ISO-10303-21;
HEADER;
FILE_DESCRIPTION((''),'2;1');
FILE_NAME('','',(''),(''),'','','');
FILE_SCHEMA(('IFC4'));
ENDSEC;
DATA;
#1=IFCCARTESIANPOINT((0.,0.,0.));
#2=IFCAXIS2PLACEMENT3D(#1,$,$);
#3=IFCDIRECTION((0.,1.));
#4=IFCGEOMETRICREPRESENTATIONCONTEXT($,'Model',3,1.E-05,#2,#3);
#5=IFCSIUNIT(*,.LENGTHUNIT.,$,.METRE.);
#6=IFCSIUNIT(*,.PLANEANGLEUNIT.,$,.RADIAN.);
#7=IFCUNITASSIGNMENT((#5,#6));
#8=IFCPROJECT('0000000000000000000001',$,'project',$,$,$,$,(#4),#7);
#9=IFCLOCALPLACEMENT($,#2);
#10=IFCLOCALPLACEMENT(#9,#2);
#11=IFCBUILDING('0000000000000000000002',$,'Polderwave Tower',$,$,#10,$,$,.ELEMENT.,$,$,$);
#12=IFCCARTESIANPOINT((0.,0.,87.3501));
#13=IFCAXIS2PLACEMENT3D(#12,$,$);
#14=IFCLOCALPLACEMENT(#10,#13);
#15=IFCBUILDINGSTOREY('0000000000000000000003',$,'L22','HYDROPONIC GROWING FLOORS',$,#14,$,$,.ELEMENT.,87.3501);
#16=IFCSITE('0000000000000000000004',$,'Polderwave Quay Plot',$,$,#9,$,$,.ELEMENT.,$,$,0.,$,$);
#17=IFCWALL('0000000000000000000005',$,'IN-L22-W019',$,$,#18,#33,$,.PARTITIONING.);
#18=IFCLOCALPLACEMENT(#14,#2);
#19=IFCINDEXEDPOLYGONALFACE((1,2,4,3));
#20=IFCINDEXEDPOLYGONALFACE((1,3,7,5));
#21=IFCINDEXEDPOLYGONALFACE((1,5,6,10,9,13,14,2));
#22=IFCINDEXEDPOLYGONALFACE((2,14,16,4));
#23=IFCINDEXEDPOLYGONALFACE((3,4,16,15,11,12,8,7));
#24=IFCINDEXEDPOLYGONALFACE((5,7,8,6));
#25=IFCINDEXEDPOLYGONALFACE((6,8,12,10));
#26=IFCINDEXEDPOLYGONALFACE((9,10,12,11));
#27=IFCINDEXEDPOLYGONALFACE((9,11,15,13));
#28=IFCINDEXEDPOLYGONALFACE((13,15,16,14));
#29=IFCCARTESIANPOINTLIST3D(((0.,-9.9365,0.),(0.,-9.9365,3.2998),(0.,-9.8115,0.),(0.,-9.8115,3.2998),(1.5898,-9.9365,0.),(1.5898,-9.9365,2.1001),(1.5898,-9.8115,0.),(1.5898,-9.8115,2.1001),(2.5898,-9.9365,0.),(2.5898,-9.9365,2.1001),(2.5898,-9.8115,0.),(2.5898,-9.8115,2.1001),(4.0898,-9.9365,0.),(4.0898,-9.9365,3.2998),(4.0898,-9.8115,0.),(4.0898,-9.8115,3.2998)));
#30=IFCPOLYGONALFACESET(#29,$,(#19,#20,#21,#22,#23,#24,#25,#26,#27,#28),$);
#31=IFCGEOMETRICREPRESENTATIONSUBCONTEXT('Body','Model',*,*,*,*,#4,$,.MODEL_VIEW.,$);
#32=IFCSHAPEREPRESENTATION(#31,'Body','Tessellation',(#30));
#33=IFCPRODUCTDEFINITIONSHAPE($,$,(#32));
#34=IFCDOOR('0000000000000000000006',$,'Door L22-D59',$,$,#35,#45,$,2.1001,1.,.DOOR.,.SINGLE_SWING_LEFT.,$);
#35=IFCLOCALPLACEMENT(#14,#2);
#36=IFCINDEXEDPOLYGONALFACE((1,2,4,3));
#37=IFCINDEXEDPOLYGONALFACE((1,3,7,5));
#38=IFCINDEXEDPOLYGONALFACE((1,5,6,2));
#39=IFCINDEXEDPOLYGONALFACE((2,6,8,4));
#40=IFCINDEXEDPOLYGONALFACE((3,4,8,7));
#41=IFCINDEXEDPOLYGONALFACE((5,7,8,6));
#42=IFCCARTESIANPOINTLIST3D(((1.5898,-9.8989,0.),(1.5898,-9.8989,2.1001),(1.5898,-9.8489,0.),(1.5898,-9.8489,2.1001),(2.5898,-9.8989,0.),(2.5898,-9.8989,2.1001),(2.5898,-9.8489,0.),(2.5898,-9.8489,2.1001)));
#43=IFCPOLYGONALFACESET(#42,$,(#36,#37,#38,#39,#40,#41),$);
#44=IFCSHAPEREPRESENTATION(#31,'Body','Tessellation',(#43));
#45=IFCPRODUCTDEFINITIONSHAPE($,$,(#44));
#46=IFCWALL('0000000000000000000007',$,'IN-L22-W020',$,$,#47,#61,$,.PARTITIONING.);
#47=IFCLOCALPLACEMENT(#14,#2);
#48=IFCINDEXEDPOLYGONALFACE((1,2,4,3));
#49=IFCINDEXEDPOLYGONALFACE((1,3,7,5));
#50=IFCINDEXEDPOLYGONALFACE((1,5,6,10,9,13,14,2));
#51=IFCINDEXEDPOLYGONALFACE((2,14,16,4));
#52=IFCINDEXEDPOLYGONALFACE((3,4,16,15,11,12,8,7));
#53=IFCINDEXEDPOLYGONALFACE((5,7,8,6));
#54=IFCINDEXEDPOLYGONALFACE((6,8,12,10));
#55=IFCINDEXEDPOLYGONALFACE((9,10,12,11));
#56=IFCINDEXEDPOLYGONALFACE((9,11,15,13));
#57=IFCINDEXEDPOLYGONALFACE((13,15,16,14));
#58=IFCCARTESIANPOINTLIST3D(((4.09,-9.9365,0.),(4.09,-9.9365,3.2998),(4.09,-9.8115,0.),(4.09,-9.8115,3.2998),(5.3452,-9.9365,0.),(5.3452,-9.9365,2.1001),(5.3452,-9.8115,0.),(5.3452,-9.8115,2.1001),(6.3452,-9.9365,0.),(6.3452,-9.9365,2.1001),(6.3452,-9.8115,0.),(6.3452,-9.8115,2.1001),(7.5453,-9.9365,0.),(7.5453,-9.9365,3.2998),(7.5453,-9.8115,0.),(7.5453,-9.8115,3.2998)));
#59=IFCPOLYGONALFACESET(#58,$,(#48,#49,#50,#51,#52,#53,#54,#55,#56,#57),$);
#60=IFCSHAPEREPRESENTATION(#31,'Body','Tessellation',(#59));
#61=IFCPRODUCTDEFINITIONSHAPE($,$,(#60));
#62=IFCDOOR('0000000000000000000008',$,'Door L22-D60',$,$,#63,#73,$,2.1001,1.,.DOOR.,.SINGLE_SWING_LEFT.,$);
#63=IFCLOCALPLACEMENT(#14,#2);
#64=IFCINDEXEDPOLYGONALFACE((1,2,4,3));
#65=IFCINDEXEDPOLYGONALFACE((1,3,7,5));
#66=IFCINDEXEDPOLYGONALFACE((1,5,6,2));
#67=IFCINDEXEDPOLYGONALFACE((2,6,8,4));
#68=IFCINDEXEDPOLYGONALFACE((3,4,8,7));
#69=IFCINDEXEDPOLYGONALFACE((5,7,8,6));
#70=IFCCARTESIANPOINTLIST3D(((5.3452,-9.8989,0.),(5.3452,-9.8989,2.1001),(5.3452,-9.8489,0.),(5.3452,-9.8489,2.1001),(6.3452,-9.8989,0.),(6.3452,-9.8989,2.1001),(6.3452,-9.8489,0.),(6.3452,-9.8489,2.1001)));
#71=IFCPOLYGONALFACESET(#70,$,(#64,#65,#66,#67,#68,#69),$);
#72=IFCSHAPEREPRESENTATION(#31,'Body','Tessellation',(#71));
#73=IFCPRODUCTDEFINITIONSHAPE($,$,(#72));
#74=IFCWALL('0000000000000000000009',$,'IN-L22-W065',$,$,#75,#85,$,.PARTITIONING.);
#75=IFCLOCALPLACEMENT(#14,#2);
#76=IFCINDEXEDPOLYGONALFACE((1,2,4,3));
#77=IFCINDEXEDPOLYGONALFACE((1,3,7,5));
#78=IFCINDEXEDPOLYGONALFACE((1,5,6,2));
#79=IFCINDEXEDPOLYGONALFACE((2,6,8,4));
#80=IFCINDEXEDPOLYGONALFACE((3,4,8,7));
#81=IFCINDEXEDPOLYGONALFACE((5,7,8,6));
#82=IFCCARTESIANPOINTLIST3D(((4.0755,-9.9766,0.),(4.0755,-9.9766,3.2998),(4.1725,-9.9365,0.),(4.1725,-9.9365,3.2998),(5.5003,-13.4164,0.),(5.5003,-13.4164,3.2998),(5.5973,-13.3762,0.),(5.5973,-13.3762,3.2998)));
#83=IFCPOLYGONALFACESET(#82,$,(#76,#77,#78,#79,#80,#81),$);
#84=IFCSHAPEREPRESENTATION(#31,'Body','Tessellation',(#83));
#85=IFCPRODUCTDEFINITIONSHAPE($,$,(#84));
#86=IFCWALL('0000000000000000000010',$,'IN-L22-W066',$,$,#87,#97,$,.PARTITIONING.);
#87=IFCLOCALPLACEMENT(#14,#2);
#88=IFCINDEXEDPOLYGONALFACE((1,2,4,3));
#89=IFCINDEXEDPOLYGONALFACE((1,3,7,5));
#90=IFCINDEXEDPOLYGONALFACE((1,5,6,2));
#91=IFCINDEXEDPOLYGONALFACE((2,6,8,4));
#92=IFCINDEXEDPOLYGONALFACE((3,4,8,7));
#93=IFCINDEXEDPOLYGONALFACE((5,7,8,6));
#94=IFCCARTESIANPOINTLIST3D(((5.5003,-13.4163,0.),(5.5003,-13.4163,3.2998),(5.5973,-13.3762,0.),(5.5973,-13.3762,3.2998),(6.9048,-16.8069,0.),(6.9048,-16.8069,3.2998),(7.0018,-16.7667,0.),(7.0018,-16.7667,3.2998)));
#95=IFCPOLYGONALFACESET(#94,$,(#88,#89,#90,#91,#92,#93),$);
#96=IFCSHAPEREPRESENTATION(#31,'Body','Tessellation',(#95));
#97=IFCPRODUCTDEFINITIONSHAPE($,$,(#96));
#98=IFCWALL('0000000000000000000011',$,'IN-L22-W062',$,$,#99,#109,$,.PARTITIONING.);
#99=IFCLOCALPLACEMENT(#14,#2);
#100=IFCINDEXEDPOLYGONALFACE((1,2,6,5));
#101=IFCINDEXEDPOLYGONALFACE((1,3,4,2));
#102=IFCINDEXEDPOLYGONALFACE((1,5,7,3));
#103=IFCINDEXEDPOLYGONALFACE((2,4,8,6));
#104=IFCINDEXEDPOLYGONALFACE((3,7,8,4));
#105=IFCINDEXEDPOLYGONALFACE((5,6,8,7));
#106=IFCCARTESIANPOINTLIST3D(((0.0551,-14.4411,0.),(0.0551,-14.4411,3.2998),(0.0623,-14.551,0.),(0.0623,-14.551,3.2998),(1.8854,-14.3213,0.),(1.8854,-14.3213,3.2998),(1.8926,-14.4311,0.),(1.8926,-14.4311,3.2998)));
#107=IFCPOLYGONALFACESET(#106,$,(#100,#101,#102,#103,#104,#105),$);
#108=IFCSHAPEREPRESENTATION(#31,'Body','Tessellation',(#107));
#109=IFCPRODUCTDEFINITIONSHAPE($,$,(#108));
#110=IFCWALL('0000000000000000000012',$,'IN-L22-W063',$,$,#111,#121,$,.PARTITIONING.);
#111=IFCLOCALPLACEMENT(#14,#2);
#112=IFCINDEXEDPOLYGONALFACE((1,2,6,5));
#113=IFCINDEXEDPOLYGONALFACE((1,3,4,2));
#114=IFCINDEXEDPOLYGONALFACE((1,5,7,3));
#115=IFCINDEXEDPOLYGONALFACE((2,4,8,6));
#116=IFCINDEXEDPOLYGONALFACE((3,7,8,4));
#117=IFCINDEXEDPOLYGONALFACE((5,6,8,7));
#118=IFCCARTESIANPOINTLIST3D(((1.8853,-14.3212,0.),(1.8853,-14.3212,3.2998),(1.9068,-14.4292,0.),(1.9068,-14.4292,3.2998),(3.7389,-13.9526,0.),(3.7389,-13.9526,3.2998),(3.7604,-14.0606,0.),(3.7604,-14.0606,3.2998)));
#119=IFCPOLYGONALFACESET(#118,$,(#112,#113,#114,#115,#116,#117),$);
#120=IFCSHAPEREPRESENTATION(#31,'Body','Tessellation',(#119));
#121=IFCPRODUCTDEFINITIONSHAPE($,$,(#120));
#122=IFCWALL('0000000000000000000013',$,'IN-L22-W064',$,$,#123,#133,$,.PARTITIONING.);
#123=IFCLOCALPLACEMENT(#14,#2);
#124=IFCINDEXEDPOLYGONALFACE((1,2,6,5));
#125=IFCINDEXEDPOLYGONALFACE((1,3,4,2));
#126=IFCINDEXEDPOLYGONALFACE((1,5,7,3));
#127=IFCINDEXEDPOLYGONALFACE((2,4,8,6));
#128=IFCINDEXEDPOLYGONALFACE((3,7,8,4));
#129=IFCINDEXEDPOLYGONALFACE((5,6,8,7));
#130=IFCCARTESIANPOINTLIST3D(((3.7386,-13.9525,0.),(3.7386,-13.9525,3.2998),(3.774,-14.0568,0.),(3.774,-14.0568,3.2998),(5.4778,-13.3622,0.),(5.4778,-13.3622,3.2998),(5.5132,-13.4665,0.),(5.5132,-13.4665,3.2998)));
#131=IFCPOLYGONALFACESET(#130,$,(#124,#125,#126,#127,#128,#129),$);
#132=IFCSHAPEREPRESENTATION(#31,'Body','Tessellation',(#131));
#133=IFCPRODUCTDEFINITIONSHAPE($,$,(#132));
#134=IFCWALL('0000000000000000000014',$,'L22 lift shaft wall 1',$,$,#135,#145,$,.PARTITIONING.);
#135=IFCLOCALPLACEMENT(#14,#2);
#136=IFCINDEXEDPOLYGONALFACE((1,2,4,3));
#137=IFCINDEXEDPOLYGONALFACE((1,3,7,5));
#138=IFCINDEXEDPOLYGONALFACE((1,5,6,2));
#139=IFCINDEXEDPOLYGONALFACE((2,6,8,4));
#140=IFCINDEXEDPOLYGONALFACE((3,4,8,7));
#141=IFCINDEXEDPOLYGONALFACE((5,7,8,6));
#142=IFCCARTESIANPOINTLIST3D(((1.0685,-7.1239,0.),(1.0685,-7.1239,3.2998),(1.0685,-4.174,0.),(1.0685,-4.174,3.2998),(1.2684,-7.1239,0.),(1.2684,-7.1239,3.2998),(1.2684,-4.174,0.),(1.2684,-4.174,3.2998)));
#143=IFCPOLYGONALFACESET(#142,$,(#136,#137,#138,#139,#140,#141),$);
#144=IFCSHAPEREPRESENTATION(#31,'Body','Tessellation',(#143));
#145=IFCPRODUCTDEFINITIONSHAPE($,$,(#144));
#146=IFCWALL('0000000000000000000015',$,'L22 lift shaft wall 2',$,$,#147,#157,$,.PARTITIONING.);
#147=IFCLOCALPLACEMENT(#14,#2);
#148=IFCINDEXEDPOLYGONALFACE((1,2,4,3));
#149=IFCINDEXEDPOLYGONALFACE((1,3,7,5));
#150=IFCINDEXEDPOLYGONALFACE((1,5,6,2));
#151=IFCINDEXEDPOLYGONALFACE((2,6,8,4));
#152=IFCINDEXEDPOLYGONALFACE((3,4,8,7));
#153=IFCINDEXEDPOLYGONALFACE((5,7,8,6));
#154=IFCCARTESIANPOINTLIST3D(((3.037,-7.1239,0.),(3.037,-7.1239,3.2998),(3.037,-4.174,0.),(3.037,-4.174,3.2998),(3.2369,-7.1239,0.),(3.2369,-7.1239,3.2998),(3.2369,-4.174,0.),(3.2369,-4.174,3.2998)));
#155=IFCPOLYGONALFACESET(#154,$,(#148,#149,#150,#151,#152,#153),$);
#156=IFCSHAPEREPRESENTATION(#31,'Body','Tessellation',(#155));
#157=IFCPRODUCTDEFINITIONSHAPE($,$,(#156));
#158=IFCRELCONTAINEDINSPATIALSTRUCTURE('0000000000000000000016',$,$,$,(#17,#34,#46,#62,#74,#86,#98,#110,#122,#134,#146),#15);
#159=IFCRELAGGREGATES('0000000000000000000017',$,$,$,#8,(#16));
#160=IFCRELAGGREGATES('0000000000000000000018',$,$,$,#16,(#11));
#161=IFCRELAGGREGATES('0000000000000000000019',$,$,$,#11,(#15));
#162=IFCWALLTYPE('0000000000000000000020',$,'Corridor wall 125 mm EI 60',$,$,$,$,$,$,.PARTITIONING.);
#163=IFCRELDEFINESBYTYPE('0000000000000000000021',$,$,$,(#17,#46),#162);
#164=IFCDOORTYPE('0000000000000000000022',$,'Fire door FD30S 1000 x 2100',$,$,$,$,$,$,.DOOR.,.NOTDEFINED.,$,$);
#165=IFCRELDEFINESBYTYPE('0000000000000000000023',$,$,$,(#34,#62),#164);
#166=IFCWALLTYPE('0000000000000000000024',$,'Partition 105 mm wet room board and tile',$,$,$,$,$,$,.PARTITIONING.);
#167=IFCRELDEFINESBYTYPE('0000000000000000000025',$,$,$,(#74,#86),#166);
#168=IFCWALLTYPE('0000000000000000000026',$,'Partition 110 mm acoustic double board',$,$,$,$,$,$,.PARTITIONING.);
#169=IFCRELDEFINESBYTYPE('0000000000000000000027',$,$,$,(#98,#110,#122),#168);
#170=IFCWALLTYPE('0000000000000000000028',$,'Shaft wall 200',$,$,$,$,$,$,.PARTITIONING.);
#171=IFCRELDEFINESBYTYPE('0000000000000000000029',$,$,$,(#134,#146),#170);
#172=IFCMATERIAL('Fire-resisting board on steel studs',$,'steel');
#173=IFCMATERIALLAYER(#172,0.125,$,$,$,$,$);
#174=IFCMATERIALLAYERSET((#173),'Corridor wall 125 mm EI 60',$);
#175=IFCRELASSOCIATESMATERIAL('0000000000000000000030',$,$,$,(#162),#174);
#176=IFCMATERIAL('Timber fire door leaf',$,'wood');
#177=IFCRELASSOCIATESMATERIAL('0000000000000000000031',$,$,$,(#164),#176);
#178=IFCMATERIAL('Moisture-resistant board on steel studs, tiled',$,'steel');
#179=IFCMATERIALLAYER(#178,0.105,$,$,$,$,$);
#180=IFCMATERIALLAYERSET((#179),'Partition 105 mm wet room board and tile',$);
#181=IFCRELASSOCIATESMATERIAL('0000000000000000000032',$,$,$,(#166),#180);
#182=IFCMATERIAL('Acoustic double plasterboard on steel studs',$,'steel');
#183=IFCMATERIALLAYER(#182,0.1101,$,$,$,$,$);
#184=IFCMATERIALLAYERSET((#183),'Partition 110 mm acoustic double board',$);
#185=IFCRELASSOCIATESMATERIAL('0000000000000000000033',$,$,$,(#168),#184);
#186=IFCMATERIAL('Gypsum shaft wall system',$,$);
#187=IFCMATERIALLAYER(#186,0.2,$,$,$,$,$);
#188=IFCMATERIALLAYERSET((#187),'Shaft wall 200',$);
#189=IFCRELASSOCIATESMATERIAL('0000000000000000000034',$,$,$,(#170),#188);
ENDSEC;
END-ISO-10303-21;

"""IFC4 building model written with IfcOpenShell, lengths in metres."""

from ifc_helpers import new_model, si_unit, direction, frame, frame_2d, origin, place, context, subcontext, project, spatial, rectangle, extrude, material, layer, layer_set, type_object, element, fill, save


model = new_model("IFC4")

# Units and contexts
model_context = context("Model", 3, precision=1e-05, world=origin(), true_north=direction((0.0, 1.0)))
body_context = subcontext(model_context, "Body", "Model", "MODEL_VIEW")
ifc_project = project(units=[si_unit("LENGTHUNIT", "METRE"), si_unit("PLANEANGLEUNIT", "RADIAN")], contexts=[model_context])

# Site, building, storey
site_placement = place(None, origin())
site = spatial("IfcSite", under=ifc_project, at=site_placement, Name="Polderwave Quay Plot", CompositionType="ELEMENT", RefElevation=0.0)
building_placement = place(site_placement, origin())
building = spatial("IfcBuilding", under=site, at=building_placement, Name="Polderwave Tower", CompositionType="ELEMENT")
storey_placement = place(building_placement, frame((0.0, 0.0, 87.3501)))
storey = spatial("IfcBuildingStorey", under=building, at=storey_placement, Name="L22", Description="HYDROPONIC GROWING FLOORS", CompositionType="ELEMENT", Elevation=87.3501)

# Walls, openings, doors
ifc_material_1 = material(Name="Fire-resisting board on steel studs", Category="steel")
ifc_layer_1 = layer(ifc_material_1, 0.125)
ifc_layer_set_1 = layer_set([ifc_layer_1], Name="Corridor wall 125 mm EI 60")
wall_type_1 = type_object("IfcWallType", Name="Corridor wall 125 mm EI 60", PredefinedType="PARTITIONING", material=ifc_layer_set_1)
wall_1_placement = place(storey_placement, frame((4.0898, -9.874, 0.0), z_axis=(0.0, 0.0, 1.0), x_axis=(-1.0, 0.0, 0.0)))
wall_1 = element("IfcWall", 1, at=wall_1_placement, inside=storey, type_object=wall_type_1, Name="IN-L22-W019", PredefinedType="PARTITIONING", context=body_context, shape_type="SweptSolid", body=[
    extrude(rectangle(XDim=4.0898, YDim=0.125, at=frame_2d((2.0449, 0.0))), origin(), (0.0, 0.0, 1.0), 3.2998),
])
opening_1_placement = place(wall_1_placement, frame((1.5, 0.0, 0.0)))
opening_1 = element("IfcOpeningElement", 2, at=opening_1_placement, cuts=wall_1, PredefinedType="OPENING", context=body_context, shape_type="SweptSolid", body=[
    extrude(rectangle(XDim=1.0, YDim=2.1001, at=frame_2d((0.5, 1.05))), frame((0.0, 0.0725, 0.0), z_axis=(0.0, -1.0, 0.0), x_axis=(1.0, 0.0, 0.0)), (0.0, 0.0, 1.0), 0.145),
])
ifc_material_2 = material(Name="Timber fire door leaf", Category="wood")
door_type = type_object("IfcDoorType", Name="Fire door FD30S 1000 x 2100", OperationType="NOTDEFINED", PredefinedType="DOOR", material=ifc_material_2)
door_1_placement = place(opening_1_placement, origin())
door_1 = element("IfcDoor", 3, at=door_1_placement, inside=storey, type_object=door_type, Name="Door L22-D59", OperationType="SINGLE_SWING_LEFT", OverallHeight=2.1001, OverallWidth=1.0, PredefinedType="DOOR", context=body_context, shape_type="SweptSolid", body=[
    extrude(rectangle(XDim=1.0, YDim=2.1001, at=frame_2d((0.5, 1.05))), frame((0.0, 0.0249, 0.0), z_axis=(0.0, -1.0, 0.0), x_axis=(1.0, 0.0, 0.0)), (0.0, 0.0, 1.0), 0.05),
])
fill(opening_1, door_1)
wall_2_placement = place(storey_placement, frame((7.5452, -9.874, 0.0), z_axis=(0.0, 0.0, 1.0), x_axis=(-1.0, 0.0, 0.0)))
wall_2 = element("IfcWall", 4, at=wall_2_placement, inside=storey, type_object=wall_type_1, Name="IN-L22-W020", PredefinedType="PARTITIONING", context=body_context, shape_type="SweptSolid", body=[
    extrude(rectangle(XDim=3.4553, YDim=0.125, at=frame_2d((1.7275, 0.0))), origin(), (0.0, 0.0, 1.0), 3.2998),
])
opening_2_placement = place(wall_2_placement, frame((1.2, 0.0, 0.0)))
opening_2 = element("IfcOpeningElement", 5, at=opening_2_placement, cuts=wall_2, PredefinedType="OPENING", context=body_context, shape_type="SweptSolid", body=[
    extrude(rectangle(XDim=1.0, YDim=2.1001, at=frame_2d((0.5, 1.05))), frame((0.0, 0.0725, 0.0), z_axis=(0.0, -1.0, 0.0), x_axis=(1.0, 0.0, 0.0)), (0.0, 0.0, 1.0), 0.145),
])
door_2_placement = place(opening_2_placement, origin())
door_2 = element("IfcDoor", 6, at=door_2_placement, inside=storey, type_object=door_type, Name="Door L22-D60", OperationType="SINGLE_SWING_LEFT", OverallHeight=2.1001, OverallWidth=1.0, PredefinedType="DOOR", context=body_context, shape_type="SweptSolid", body=[
    extrude(rectangle(XDim=1.0, YDim=2.1001, at=frame_2d((0.5, 1.05))), frame((0.0, 0.0249, 0.0), z_axis=(0.0, -1.0, 0.0), x_axis=(1.0, 0.0, 0.0)), (0.0, 0.0, 1.0), 0.05),
])
fill(opening_2, door_2)

# Walls
ifc_material_3 = material(Name="Moisture-resistant board on steel studs, tiled", Category="steel")
ifc_layer_2 = layer(ifc_material_3, 0.105)
ifc_layer_set_2 = layer_set([ifc_layer_2], Name="Partition 105 mm wet room board and tile")
wall_type_2 = type_object("IfcWallType", Name="Partition 105 mm wet room board and tile", PredefinedType="PARTITIONING", material=ifc_layer_set_2)
wall_3_placement = place(storey_placement, frame((4.124, -9.9565, 0.0), z_axis=(0.0, 0.0, 1.0), x_axis=(0.382692, -0.923876, 0.0)))
element("IfcWall", 7, at=wall_3_placement, inside=storey, type_object=wall_type_2, Name="IN-L22-W065", PredefinedType="PARTITIONING", context=body_context, shape_type="SweptSolid", body=[
    extrude(rectangle(XDim=3.7231, YDim=0.105, at=frame_2d((1.8616, 0.0))), origin(), (0.0, 0.0, 1.0), 3.2998),
])
wall_4_placement = place(storey_placement, frame((5.5488, -13.3962, 0.0), z_axis=(0.0, 0.0, 1.0), x_axis=(0.382706, -0.92387, 0.0)))
element("IfcWall", 8, at=wall_4_placement, inside=storey, type_object=wall_type_2, Name="IN-L22-W066", PredefinedType="PARTITIONING", context=body_context, shape_type="SweptSolid", body=[
    extrude(rectangle(XDim=3.6699, YDim=0.105, at=frame_2d((1.835, 0.0))), origin(), (0.0, 0.0, 1.0), 3.2998),
])
ifc_material_4 = material(Name="Acoustic double plasterboard on steel studs", Category="steel")
ifc_layer_3 = layer(ifc_material_4, 0.1101)
ifc_layer_set_3 = layer_set([ifc_layer_3], Name="Partition 110 mm acoustic double board")
wall_type_3 = type_object("IfcWallType", Name="Partition 110 mm acoustic double board", PredefinedType="PARTITIONING", material=ifc_layer_set_3)
wall_5_placement = place(storey_placement, frame((1.8889, -14.3762, 0.0), z_axis=(0.0, 0.0, 1.0), x_axis=(-0.997862, -0.065353, 0.0)))
element("IfcWall", 9, at=wall_5_placement, inside=storey, type_object=wall_type_3, Name="IN-L22-W062", PredefinedType="PARTITIONING", context=body_context, shape_type="SweptSolid", body=[
    extrude(rectangle(XDim=1.8342, YDim=0.1101, at=frame_2d((0.917, 0.0))), origin(), (0.0, 0.0, 1.0), 3.2998),
])
wall_6_placement = place(storey_placement, frame((3.7495, -14.0066, 0.0), z_axis=(0.0, 0.0, 1.0), x_axis=(-0.980789, -0.195073, 0.0)))
element("IfcWall", 10, at=wall_6_placement, inside=storey, type_object=wall_type_3, Name="IN-L22-W063", PredefinedType="PARTITIONING", context=body_context, shape_type="SweptSolid", body=[
    extrude(rectangle(XDim=1.8899, YDim=0.1101, at=frame_2d((0.9448, 0.0))), origin(), (0.0, 0.0, 1.0), 3.2998),
])
wall_7_placement = place(storey_placement, frame((5.4956, -13.4143, 0.0), z_axis=(0.0, 0.0, 1.0), x_axis=(-0.946941, -0.321407, 0.0)))
element("IfcWall", 11, at=wall_7_placement, inside=storey, type_object=wall_type_3, Name="IN-L22-W064", PredefinedType="PARTITIONING", context=body_context, shape_type="SweptSolid", body=[
    extrude(rectangle(XDim=1.8367, YDim=0.1101, at=frame_2d((0.9185, 0.0))), origin(), (0.0, 0.0, 1.0), 3.2998),
])
ifc_material_5 = material(Name="Gypsum shaft wall system")
ifc_layer_4 = layer(ifc_material_5, 0.2)
ifc_layer_set_4 = layer_set([ifc_layer_4], Name="Shaft wall 200")
wall_type_4 = type_object("IfcWallType", Name="Shaft wall 200", PredefinedType="PARTITIONING", material=ifc_layer_set_4)
for number, where, z_axis, x_axis, name in (
    (12, (1.1685, -7.124, 0.0), (0.0, 0.0, 1.0), (0.0, 1.0, 0.0), "L22 lift shaft wall 1"),
    (13, (3.137, -7.124, 0.0), (0.0, 0.0, 1.0), (0.0, 1.0, 0.0), "L22 lift shaft wall 2"),
):
    element("IfcWall", number, at=place(storey_placement, frame(where, z_axis=z_axis, x_axis=x_axis)), inside=storey, type_object=wall_type_4, Name=name, PredefinedType="PARTITIONING", context=body_context, shape_type="SweptSolid", body=[
        extrude(rectangle(XDim=2.95, YDim=0.2, at=frame_2d((1.4751, 0.0))), origin(), (0.0, 0.0, 1.0), 3.2998),
    ])

save(model, "model.ifc")
